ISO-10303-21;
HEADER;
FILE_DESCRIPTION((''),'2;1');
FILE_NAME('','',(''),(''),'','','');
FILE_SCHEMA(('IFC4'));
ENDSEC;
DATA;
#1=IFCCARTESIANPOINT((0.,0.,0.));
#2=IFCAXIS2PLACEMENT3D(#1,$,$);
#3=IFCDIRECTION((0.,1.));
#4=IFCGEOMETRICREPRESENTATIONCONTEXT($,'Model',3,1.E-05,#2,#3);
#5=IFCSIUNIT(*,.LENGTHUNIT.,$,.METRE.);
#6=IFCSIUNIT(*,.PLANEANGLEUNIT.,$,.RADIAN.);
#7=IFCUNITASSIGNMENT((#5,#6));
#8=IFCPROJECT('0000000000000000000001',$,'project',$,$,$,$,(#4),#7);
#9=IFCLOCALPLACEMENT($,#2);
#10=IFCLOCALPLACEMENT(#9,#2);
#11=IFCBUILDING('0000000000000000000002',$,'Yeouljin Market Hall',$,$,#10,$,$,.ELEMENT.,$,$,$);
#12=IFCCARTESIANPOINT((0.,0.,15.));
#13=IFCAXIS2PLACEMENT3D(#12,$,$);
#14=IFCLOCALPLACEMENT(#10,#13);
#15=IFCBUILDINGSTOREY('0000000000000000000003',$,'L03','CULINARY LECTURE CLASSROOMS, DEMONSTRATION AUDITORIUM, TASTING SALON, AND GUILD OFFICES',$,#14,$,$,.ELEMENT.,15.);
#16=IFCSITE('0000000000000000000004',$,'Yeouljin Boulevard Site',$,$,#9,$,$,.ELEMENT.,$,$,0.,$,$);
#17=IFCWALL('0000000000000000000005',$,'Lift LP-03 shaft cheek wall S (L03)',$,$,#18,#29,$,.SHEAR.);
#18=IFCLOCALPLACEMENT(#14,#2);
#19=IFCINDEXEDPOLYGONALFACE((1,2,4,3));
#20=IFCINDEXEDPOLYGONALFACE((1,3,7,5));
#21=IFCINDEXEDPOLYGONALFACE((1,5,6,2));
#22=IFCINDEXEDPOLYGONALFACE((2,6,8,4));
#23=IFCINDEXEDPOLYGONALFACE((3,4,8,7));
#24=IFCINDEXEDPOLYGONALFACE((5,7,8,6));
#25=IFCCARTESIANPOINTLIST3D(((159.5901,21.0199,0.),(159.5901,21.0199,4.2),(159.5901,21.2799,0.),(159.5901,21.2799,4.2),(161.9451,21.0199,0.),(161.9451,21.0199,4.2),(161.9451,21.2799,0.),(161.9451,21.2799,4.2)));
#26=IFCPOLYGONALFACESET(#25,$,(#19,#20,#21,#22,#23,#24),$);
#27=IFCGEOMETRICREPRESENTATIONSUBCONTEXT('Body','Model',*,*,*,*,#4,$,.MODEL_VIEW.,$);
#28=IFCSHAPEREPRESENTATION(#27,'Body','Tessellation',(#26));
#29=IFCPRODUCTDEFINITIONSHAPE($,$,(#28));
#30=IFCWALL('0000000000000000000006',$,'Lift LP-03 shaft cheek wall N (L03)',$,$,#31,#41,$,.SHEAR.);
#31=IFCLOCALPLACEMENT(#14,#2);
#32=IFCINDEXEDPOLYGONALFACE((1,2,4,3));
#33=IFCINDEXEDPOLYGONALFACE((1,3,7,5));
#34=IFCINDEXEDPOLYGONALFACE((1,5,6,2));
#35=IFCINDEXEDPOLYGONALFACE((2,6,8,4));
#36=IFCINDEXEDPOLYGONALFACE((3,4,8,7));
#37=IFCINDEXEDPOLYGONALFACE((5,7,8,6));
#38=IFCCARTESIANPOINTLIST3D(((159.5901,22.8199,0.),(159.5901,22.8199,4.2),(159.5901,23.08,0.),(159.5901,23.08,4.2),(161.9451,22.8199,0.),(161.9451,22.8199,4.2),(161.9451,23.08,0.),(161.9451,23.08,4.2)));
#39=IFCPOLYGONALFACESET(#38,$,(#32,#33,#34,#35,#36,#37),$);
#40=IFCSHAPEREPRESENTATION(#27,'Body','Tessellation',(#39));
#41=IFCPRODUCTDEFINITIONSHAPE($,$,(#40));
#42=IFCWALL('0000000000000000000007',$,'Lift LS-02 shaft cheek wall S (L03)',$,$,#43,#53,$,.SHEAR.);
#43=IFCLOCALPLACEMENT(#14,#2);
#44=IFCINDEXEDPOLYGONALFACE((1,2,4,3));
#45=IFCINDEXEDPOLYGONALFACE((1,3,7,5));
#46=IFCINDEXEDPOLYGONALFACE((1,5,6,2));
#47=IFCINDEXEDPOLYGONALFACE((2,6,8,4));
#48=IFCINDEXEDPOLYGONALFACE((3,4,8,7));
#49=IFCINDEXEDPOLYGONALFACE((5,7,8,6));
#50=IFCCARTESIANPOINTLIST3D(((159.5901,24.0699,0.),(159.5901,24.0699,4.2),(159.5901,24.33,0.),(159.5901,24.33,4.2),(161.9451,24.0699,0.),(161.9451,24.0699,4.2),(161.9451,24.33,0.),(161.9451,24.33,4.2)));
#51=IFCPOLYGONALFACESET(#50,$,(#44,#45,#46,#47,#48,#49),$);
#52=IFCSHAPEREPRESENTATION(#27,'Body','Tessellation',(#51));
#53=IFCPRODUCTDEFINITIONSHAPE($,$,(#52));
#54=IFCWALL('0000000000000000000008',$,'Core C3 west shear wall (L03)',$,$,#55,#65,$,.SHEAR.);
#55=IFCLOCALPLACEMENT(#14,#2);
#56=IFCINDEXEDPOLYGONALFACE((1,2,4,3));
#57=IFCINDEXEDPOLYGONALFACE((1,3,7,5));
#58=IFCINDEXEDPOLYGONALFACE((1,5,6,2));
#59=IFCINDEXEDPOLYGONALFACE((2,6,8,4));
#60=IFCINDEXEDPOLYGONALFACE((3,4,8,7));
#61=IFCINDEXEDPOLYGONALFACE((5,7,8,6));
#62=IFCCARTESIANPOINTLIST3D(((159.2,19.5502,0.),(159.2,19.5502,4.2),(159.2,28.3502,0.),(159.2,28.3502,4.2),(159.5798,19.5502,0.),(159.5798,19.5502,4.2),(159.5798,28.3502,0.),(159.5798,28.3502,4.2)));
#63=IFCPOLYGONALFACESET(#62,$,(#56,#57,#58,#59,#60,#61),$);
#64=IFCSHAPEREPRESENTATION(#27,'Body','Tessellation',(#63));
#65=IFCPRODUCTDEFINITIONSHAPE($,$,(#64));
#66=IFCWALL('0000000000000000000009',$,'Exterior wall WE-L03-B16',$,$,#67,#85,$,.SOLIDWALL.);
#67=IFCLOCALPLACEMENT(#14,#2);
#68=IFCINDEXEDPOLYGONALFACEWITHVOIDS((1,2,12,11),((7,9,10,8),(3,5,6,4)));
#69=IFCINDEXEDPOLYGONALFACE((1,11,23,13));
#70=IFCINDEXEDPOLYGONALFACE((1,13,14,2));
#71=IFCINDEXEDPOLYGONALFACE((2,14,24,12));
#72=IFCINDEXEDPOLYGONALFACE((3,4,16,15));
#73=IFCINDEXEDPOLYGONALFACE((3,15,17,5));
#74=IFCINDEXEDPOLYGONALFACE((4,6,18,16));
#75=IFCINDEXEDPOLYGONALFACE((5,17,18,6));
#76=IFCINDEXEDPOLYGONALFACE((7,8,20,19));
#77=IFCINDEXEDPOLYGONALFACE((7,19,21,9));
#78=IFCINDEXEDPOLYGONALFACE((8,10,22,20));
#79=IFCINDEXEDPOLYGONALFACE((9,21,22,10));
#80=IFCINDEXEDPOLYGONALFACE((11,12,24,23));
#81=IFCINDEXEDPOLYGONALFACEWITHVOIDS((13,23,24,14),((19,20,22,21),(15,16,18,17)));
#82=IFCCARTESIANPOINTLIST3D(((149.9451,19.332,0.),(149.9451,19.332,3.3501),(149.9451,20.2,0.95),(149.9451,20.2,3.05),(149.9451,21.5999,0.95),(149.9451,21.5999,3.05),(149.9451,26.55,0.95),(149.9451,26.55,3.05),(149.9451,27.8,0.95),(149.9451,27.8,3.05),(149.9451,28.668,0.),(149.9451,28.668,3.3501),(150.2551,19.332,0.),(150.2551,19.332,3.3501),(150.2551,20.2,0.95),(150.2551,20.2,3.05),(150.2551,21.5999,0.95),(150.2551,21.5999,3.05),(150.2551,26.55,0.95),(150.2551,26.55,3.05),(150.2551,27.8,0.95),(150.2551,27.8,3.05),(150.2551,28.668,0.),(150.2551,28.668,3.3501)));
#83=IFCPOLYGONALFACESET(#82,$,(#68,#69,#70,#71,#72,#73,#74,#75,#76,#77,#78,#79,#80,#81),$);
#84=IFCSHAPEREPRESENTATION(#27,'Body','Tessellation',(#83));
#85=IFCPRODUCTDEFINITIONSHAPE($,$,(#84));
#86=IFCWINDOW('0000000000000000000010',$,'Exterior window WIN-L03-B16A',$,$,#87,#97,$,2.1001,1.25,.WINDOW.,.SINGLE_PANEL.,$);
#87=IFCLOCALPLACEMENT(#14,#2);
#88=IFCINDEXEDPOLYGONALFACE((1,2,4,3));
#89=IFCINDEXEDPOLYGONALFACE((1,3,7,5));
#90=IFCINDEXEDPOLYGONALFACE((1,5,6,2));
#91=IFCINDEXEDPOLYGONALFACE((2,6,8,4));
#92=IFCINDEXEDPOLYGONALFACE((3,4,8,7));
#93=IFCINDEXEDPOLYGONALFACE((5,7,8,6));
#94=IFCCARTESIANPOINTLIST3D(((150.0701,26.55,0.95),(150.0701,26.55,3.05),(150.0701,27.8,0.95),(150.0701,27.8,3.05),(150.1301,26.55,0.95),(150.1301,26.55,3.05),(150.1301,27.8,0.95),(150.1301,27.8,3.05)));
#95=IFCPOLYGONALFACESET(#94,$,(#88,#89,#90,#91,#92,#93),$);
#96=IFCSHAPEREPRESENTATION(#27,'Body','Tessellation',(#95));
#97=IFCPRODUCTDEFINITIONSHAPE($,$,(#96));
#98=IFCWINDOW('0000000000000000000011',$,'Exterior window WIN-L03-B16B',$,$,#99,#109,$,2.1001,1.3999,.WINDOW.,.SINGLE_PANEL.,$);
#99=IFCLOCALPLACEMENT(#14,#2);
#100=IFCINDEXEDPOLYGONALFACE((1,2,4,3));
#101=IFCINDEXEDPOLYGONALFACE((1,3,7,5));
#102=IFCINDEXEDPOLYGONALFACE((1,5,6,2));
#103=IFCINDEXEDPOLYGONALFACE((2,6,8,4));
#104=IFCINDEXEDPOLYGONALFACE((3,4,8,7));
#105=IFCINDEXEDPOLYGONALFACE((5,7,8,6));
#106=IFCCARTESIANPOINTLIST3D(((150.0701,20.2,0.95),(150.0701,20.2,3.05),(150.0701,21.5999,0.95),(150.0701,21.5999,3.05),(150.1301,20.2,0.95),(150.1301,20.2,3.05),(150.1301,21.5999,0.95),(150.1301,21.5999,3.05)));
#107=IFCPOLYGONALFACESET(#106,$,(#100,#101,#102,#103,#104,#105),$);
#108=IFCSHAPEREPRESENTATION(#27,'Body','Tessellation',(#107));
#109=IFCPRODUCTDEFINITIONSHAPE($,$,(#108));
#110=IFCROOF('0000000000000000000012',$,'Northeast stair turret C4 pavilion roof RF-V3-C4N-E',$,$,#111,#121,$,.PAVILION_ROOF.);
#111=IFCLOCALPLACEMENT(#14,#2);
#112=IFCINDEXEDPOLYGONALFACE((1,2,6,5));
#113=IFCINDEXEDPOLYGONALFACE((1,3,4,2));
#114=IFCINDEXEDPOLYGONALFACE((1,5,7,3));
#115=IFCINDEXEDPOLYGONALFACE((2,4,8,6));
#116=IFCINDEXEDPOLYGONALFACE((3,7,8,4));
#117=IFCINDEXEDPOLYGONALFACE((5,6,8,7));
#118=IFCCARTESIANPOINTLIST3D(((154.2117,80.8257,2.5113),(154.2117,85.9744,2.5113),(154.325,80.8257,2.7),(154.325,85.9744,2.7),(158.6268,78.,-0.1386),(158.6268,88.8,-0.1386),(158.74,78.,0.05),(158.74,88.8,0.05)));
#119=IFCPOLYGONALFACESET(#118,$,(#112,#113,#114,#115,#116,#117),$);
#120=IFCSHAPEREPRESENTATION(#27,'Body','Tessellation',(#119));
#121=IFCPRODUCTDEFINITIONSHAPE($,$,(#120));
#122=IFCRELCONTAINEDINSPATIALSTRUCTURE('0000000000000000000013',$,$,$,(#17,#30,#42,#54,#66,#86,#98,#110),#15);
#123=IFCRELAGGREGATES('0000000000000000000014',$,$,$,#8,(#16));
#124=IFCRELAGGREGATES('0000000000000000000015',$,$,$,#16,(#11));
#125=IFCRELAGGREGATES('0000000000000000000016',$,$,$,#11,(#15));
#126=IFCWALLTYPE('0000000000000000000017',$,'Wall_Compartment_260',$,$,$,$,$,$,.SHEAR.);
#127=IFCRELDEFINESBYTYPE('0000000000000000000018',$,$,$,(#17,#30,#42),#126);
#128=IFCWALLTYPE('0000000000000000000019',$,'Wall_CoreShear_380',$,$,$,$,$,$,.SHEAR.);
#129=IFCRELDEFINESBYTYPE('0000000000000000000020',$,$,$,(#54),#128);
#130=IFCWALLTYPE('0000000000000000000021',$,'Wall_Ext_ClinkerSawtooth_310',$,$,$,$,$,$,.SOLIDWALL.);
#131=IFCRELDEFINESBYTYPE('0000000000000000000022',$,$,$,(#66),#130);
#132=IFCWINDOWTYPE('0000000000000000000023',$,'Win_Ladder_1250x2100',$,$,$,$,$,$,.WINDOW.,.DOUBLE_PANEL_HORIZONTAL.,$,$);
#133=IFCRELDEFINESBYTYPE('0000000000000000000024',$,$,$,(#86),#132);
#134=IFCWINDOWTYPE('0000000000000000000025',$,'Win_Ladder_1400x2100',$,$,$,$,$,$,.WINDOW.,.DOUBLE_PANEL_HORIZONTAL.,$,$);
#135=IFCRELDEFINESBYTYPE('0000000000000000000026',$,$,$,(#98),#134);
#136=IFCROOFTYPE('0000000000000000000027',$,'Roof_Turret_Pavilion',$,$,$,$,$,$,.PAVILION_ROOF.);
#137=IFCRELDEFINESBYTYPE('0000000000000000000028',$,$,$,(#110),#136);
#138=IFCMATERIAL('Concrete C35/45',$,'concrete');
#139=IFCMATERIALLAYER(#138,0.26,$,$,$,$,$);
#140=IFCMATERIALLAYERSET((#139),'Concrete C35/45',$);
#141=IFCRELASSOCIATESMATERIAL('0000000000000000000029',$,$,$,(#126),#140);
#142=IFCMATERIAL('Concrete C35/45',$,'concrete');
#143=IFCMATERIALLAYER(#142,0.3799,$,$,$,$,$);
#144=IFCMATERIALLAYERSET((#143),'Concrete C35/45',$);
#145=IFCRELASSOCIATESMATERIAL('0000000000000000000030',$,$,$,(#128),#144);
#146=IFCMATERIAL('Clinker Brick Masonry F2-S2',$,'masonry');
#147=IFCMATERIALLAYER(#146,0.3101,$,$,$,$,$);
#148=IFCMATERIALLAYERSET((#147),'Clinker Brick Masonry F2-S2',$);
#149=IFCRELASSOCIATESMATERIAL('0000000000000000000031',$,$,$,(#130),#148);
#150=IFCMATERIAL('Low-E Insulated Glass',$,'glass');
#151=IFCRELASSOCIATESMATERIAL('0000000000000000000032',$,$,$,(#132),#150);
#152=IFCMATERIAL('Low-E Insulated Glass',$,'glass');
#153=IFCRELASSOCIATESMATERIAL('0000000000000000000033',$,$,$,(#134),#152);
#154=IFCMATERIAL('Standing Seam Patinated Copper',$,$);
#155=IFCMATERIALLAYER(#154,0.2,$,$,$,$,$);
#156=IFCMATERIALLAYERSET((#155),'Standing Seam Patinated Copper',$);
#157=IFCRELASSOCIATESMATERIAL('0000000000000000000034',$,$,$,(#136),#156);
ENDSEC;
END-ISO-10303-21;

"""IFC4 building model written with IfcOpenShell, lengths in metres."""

from ifc_helpers import new_model, si_unit, direction, frame, frame_2d, origin, place, context, subcontext, project, spatial, polyline, rectangle, outline, extrude, material, layer, layer_set, type_object, element, fill, save


model = new_model("IFC4")

# Units and contexts
model_context = context("Model", 3, precision=1e-05, world=origin(), true_north=direction((0.0, 1.0)))
body_context = subcontext(model_context, "Body", "Model", "MODEL_VIEW")
ifc_project = project(units=[si_unit("LENGTHUNIT", "METRE"), si_unit("PLANEANGLEUNIT", "RADIAN")], contexts=[model_context])

# Site, building, storey
site_placement = place(None, origin())
site = spatial("IfcSite", under=ifc_project, at=site_placement, Name="Yeouljin Boulevard Site", CompositionType="ELEMENT", RefElevation=0.0)
building_placement = place(site_placement, origin())
building = spatial("IfcBuilding", under=site, at=building_placement, Name="Yeouljin Market Hall", CompositionType="ELEMENT")
storey_placement = place(building_placement, frame((0.0, 0.0, 15.0)))
storey = spatial("IfcBuildingStorey", under=building, at=storey_placement, Name="L03", Description="CULINARY LECTURE CLASSROOMS, DEMONSTRATION AUDITORIUM, TASTING SALON, AND GUILD OFFICES", CompositionType="ELEMENT", Elevation=15.0)

# Walls
ifc_material_1 = material(Name="Concrete C35/45", Category="concrete")
ifc_layer_1 = layer(ifc_material_1, 0.26)
ifc_layer_set_1 = layer_set([ifc_layer_1], Name="Concrete C35/45")
wall_type_1 = type_object("IfcWallType", Name="Wall_Compartment_260", PredefinedType="SHEAR", material=ifc_layer_set_1)
for number, where, z_axis, x_axis, name in (
    (1, (159.5901, 21.1499, 0.0), (0.0, 0.0, 1.0), (1.0, 0.0, 0.0), "Lift LP-03 shaft cheek wall S (L03)"),
    (2, (159.5901, 22.95, 0.0), (0.0, 0.0, 1.0), (1.0, 0.0, 0.0), "Lift LP-03 shaft cheek wall N (L03)"),
    (3, (159.5901, 24.2, 0.0), (0.0, 0.0, 1.0), (1.0, 0.0, 0.0), "Lift LS-02 shaft cheek wall S (L03)"),
):
    element("IfcWall", number, at=place(storey_placement, frame(where, z_axis=z_axis, x_axis=x_axis)), inside=storey, type_object=wall_type_1, Name=name, PredefinedType="SHEAR", context=body_context, shape_type="SweptSolid", body=[
        extrude(rectangle(XDim=2.355, YDim=0.26, at=frame_2d((1.1775, 0.0))), origin(), (0.0, 0.0, 1.0), 4.2),
    ])

# Shared definitions
ifc_material_2 = material(Name="Concrete C35/45", Category="concrete")
ifc_layer_2 = layer(ifc_material_2, 0.3799)
ifc_layer_set_2 = layer_set([ifc_layer_2], Name="Concrete C35/45")
wall_type_2 = type_object("IfcWallType", Name="Wall_CoreShear_380", PredefinedType="SHEAR", material=ifc_layer_set_2)

# Wall
wall_1_placement = place(storey_placement, frame((159.3899, 28.3501, 0.0), z_axis=(0.0, 0.0, 1.0), x_axis=(0.0, -1.0, 0.0)))
element("IfcWall", 4, at=wall_1_placement, inside=storey, type_object=wall_type_2, Name="Core C3 west shear wall (L03)", PredefinedType="SHEAR", context=body_context, shape_type="SweptSolid", body=[
    extrude(rectangle(XDim=8.8, YDim=0.3799, at=frame_2d((4.3999, 0.0))), origin(), (0.0, 0.0, 1.0), 4.2),
])

# Wall, openings, windows
ifc_material_3 = material(Name="Clinker Brick Masonry F2-S2", Category="masonry")
ifc_layer_3 = layer(ifc_material_3, 0.3101)
ifc_layer_set_3 = layer_set([ifc_layer_3], Name="Clinker Brick Masonry F2-S2")
wall_type_3 = type_object("IfcWallType", Name="Wall_Ext_ClinkerSawtooth_310", PredefinedType="SOLIDWALL", material=ifc_layer_set_3)
wall_2_placement = place(storey_placement, frame((150.1001, 28.668, 0.0), z_axis=(0.0, 0.0, 1.0), x_axis=(0.0, -1.0, 0.0)))
wall_2 = element("IfcWall", 5, at=wall_2_placement, inside=storey, type_object=wall_type_3, Name="Exterior wall WE-L03-B16", PredefinedType="SOLIDWALL", context=body_context, shape_type="SweptSolid", body=[
    extrude(rectangle(XDim=9.3359, YDim=0.3101, at=frame_2d((4.668, 0.0))), origin(), (0.0, 0.0, 1.0), 3.3501),
])
opening_1_placement = place(wall_2_placement, frame((0.8679, 0.0, 0.95)))
opening_1 = element("IfcOpeningElement", 6, at=opening_1_placement, cuts=wall_2, PredefinedType="OPENING", context=body_context, shape_type="SweptSolid", body=[
    extrude(rectangle(XDim=1.25, YDim=2.1001, at=frame_2d((0.625, 1.05))), frame((0.0, 0.165, 0.0), z_axis=(0.0, -1.0, 0.0), x_axis=(1.0, 0.0, 0.0)), (0.0, 0.0, 1.0), 0.3301),
])
opening_2_placement = place(wall_2_placement, frame((7.0681, 0.0, 0.95)))
opening_2 = element("IfcOpeningElement", 7, at=opening_2_placement, cuts=wall_2, PredefinedType="OPENING", context=body_context, shape_type="SweptSolid", body=[
    extrude(rectangle(XDim=1.3999, YDim=2.1001, at=frame_2d((0.7, 1.05))), frame((0.0, 0.165, 0.0), z_axis=(0.0, -1.0, 0.0), x_axis=(1.0, 0.0, 0.0)), (0.0, 0.0, 1.0), 0.3301),
])
ifc_material_4 = material(Name="Low-E Insulated Glass", Category="glass")
window_type_1 = type_object("IfcWindowType", Name="Win_Ladder_1250x2100", PartitioningType="DOUBLE_PANEL_HORIZONTAL", PredefinedType="WINDOW", material=ifc_material_4)
window_1_placement = place(opening_1_placement, origin())
window_1 = element("IfcWindow", 8, at=window_1_placement, inside=storey, type_object=window_type_1, Name="Exterior window WIN-L03-B16A", OverallHeight=2.1001, OverallWidth=1.25, PartitioningType="SINGLE_PANEL", PredefinedType="WINDOW", context=body_context, shape_type="SweptSolid", body=[
    extrude(rectangle(XDim=1.25, YDim=2.1001, at=frame_2d((0.625, 1.05))), frame((0.0, 0.03, 0.0), z_axis=(0.0, -1.0, 0.0), x_axis=(1.0, 0.0, 0.0)), (0.0, 0.0, 1.0), 0.0601),
])
fill(opening_1, window_1)
ifc_material_5 = material(Name="Low-E Insulated Glass", Category="glass")
window_type_2 = type_object("IfcWindowType", Name="Win_Ladder_1400x2100", PartitioningType="DOUBLE_PANEL_HORIZONTAL", PredefinedType="WINDOW", material=ifc_material_5)
window_2_placement = place(opening_2_placement, origin())
window_2 = element("IfcWindow", 9, at=window_2_placement, inside=storey, type_object=window_type_2, Name="Exterior window WIN-L03-B16B", OverallHeight=2.1001, OverallWidth=1.3999, PartitioningType="SINGLE_PANEL", PredefinedType="WINDOW", context=body_context, shape_type="SweptSolid", body=[
    extrude(rectangle(XDim=1.3999, YDim=2.1001, at=frame_2d((0.7, 1.05))), frame((0.0, 0.03, 0.0), z_axis=(0.0, -1.0, 0.0), x_axis=(1.0, 0.0, 0.0)), (0.0, 0.0, 1.0), 0.0601),
])
fill(opening_2, window_2)

# Roof
ifc_material_6 = material(Name="Standing Seam Patinated Copper")
ifc_layer_4 = layer(ifc_material_6, 0.2)
ifc_layer_set_4 = layer_set([ifc_layer_4], Name="Standing Seam Patinated Copper")
roof_type = type_object("IfcRoofType", Name="Roof_Turret_Pavilion", PredefinedType="PAVILION_ROOF", material=ifc_layer_set_4)
roof_placement = place(storey_placement, frame((158.74, 78.0, 0.05), z_axis=(0.514621, 0.0, 0.857418), x_axis=(0.0, 1.0, 0.0)))
element("IfcRoof", 10, at=roof_placement, inside=storey, type_object=roof_type, Name="Northeast stair turret C4 pavilion roof RF-V3-C4N-E", PredefinedType="PAVILION_ROOF", context=body_context, shape_type="SweptSolid", body=[
    extrude(outline(polyline([(0.0, 0.0), (10.8, 0.0), (7.9744, 5.1492), (2.8257, 5.1492), (0.0, 0.0)])), origin(), (0.0, 0.0, -1.0), 0.22),
])

save(model, "model.ifc")
